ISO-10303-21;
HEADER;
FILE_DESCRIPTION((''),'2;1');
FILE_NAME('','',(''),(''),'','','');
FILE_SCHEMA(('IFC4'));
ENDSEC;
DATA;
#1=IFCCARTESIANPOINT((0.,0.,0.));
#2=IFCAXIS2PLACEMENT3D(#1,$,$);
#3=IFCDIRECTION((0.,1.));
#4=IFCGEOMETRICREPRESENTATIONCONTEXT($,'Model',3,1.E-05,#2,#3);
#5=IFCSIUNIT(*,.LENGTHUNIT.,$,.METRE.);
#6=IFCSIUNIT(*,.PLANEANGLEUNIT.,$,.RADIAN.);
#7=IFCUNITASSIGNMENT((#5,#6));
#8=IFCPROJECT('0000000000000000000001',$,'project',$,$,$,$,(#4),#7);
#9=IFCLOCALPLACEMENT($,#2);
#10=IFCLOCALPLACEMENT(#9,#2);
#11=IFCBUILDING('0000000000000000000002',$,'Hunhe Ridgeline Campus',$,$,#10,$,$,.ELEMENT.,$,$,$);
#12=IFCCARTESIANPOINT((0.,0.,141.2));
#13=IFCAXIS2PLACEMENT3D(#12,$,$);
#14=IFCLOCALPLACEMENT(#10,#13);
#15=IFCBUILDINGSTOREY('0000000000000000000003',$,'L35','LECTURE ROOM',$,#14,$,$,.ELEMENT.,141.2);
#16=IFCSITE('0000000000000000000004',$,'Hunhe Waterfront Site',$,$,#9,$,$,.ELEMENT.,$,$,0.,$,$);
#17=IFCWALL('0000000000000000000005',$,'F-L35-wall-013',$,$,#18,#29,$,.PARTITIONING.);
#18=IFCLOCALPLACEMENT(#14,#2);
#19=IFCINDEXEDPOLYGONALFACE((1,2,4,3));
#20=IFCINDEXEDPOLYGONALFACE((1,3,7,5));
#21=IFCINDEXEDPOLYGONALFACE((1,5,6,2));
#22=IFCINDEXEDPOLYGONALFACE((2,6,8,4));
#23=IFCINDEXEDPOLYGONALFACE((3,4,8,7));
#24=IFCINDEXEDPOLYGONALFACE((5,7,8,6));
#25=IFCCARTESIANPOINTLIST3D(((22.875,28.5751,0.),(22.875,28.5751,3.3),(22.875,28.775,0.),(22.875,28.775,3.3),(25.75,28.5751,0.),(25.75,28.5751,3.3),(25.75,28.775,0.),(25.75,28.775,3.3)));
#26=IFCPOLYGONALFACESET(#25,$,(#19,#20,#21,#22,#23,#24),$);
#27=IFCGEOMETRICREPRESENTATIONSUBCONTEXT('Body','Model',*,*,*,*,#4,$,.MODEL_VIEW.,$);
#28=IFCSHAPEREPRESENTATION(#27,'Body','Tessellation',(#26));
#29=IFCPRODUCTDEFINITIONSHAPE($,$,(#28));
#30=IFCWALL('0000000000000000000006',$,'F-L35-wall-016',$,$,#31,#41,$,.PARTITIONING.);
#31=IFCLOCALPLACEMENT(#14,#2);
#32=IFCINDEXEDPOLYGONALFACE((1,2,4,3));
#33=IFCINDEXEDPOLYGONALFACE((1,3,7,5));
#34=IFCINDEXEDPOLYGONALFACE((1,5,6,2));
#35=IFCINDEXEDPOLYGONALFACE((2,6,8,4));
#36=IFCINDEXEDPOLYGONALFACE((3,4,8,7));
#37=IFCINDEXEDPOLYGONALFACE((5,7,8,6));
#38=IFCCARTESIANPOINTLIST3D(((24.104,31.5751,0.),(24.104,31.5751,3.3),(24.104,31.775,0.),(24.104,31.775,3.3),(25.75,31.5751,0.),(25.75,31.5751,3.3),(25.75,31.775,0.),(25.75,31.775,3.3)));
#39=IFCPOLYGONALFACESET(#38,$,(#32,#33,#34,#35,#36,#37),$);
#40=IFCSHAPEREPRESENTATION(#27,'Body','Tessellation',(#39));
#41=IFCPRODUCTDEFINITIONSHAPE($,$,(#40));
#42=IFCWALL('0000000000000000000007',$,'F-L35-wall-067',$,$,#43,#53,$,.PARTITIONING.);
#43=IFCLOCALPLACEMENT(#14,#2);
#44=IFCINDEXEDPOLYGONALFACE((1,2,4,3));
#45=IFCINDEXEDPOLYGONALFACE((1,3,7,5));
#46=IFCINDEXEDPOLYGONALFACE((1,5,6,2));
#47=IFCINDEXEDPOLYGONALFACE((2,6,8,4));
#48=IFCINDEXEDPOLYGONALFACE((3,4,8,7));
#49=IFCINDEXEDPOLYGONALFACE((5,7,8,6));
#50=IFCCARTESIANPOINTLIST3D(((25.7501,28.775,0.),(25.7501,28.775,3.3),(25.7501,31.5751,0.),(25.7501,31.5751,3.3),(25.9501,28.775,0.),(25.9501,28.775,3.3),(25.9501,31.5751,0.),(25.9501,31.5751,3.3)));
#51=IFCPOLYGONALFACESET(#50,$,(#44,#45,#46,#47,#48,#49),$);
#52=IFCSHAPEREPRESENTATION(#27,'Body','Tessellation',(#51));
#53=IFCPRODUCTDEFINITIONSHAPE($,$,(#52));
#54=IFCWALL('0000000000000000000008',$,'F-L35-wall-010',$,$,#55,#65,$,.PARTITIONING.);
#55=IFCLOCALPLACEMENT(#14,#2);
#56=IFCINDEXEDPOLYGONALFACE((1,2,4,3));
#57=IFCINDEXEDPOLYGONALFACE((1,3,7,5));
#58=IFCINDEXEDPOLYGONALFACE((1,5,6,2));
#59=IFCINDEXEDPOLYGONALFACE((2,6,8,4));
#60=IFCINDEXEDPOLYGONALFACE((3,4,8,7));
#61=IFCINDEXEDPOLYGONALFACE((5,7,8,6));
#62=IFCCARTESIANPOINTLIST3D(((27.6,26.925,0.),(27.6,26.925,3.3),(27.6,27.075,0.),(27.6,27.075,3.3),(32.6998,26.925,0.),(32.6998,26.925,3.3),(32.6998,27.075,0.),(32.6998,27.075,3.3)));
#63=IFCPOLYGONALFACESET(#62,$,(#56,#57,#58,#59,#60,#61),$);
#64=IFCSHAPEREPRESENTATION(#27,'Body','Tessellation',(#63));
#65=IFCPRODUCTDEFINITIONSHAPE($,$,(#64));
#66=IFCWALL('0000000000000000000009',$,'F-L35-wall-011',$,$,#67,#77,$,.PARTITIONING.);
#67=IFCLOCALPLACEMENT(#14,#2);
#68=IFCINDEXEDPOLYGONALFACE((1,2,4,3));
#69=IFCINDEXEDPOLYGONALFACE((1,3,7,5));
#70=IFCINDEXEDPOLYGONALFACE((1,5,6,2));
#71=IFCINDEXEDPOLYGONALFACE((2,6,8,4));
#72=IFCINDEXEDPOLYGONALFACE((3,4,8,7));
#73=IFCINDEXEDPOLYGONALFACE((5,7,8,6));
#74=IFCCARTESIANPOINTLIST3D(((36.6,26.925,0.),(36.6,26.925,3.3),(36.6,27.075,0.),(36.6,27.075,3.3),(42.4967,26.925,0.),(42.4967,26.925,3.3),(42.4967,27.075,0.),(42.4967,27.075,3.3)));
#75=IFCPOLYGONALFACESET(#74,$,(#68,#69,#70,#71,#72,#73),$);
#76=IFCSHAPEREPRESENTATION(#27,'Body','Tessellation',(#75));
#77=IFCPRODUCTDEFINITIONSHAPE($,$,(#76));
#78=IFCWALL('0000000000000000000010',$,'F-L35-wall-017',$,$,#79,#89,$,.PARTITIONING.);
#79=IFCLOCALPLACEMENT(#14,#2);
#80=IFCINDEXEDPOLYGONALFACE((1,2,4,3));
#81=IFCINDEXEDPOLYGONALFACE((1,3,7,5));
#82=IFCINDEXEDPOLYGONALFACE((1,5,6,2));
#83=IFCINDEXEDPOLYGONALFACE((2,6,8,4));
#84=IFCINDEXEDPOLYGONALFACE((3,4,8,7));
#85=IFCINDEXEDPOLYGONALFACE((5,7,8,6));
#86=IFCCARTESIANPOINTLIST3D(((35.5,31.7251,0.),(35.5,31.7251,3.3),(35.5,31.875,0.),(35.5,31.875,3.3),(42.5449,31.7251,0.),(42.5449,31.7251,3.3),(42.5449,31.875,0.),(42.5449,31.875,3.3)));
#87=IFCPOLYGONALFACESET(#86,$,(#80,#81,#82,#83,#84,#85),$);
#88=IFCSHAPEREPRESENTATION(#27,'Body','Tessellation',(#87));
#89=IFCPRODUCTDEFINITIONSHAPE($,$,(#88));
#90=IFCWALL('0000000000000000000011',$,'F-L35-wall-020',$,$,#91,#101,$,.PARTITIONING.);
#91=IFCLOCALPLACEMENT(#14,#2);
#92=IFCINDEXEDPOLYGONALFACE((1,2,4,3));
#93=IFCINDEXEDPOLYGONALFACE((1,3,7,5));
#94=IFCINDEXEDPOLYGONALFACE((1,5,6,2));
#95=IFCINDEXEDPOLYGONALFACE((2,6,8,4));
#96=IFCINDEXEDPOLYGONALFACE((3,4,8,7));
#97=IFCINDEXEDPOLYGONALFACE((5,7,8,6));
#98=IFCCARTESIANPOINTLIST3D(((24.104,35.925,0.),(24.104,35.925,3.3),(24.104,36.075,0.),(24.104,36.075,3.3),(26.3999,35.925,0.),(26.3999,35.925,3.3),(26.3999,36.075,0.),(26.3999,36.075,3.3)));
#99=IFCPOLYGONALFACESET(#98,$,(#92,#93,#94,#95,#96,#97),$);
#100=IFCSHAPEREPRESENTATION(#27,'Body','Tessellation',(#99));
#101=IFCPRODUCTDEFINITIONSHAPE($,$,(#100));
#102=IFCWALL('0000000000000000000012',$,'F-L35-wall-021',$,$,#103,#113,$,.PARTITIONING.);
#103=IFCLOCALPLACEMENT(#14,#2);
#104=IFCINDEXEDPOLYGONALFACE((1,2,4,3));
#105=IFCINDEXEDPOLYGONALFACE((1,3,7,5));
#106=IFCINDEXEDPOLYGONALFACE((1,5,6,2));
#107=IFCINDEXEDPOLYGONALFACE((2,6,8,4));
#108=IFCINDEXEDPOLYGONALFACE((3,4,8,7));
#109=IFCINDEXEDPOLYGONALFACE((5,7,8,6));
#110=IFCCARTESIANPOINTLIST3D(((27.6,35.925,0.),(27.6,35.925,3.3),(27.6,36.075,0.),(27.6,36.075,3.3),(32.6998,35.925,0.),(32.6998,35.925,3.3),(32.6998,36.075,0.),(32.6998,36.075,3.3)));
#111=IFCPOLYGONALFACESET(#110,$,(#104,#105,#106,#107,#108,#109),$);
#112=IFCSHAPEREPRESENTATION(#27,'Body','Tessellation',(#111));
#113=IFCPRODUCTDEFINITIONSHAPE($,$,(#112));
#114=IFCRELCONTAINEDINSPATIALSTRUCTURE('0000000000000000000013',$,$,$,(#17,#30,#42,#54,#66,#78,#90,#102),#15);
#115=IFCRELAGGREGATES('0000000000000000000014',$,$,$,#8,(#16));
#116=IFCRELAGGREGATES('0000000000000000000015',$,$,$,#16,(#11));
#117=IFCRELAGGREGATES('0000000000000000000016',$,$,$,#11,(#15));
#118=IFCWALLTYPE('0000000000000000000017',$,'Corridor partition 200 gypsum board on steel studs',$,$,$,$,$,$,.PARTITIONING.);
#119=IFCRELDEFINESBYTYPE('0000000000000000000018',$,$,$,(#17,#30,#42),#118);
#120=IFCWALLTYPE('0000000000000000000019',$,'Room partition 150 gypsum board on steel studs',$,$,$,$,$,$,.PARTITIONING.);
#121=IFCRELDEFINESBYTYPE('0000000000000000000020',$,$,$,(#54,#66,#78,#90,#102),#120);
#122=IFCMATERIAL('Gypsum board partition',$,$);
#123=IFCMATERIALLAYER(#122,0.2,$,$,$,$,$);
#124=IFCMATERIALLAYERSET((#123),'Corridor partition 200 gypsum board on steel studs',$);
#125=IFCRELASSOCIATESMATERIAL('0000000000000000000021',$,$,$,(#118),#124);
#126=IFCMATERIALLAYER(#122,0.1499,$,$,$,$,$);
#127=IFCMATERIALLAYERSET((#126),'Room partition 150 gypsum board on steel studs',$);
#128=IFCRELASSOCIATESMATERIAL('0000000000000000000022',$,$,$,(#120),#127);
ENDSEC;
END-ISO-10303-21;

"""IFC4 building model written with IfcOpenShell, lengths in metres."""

from ifc_helpers import new_model, si_unit, direction, frame, frame_2d, origin, place, context, subcontext, project, spatial, rectangle, extrude, material, layer, layer_set, type_object, element, save


model = new_model("IFC4")

# Units and contexts
model_context = context("Model", 3, precision=1e-05, world=origin(), true_north=direction((0.0, 1.0)))
body_context = subcontext(model_context, "Body", "Model", "MODEL_VIEW")
ifc_project = project(units=[si_unit("LENGTHUNIT", "METRE"), si_unit("PLANEANGLEUNIT", "RADIAN")], contexts=[model_context])

# Site, building, storey
site_placement = place(None, origin())
site = spatial("IfcSite", under=ifc_project, at=site_placement, Name="Hunhe Waterfront Site", CompositionType="ELEMENT", RefElevation=0.0)
building_placement = place(site_placement, origin())
building = spatial("IfcBuilding", under=site, at=building_placement, Name="Hunhe Ridgeline Campus", CompositionType="ELEMENT")
storey_placement = place(building_placement, frame((0.0, 0.0, 141.2)))
storey = spatial("IfcBuildingStorey", under=building, at=storey_placement, Name="L35", Description="LECTURE ROOM", CompositionType="ELEMENT", Elevation=141.2)

# Walls
ifc_material_1 = material(Name="Gypsum board partition")
ifc_layer_1 = layer(ifc_material_1, 0.2)
ifc_layer_set_1 = layer_set([ifc_layer_1], Name="Corridor partition 200 gypsum board on steel studs")
wall_type_1 = type_object("IfcWallType", Name="Corridor partition 200 gypsum board on steel studs", PredefinedType="PARTITIONING", material=ifc_layer_set_1)
wall_1_placement = place(storey_placement, frame((25.75, 28.675, 0.0), z_axis=(0.0, 0.0, 1.0), x_axis=(-1.0, 0.0, 0.0)))
element("IfcWall", 1, at=wall_1_placement, inside=storey, type_object=wall_type_1, Name="F-L35-wall-013", PredefinedType="PARTITIONING", context=body_context, shape_type="SweptSolid", body=[
    extrude(rectangle(XDim=2.875, YDim=0.2, at=frame_2d((1.4375, 0.0))), origin(), (0.0, 0.0, 1.0), 3.3),
])
wall_2_placement = place(storey_placement, frame((24.104, 31.675, 0.0), z_axis=(0.0, 0.0, 1.0), x_axis=(1.0, 0.0, 0.0)))
element("IfcWall", 2, at=wall_2_placement, inside=storey, type_object=wall_type_1, Name="F-L35-wall-016", PredefinedType="PARTITIONING", context=body_context, shape_type="SweptSolid", body=[
    extrude(rectangle(XDim=1.646, YDim=0.2, at=frame_2d((0.823, 0.0))), origin(), (0.0, 0.0, 1.0), 3.3),
])
wall_3_placement = place(storey_placement, frame((25.8501, 31.575, 0.0), z_axis=(0.0, 0.0, 1.0), x_axis=(0.0, -1.0, 0.0)))
element("IfcWall", 3, at=wall_3_placement, inside=storey, type_object=wall_type_1, Name="F-L35-wall-067", PredefinedType="PARTITIONING", context=body_context, shape_type="SweptSolid", body=[
    extrude(rectangle(XDim=2.8, YDim=0.2, at=frame_2d((1.3999, 0.0))), origin(), (0.0, 0.0, 1.0), 3.3),
])

# Walls
ifc_layer_2 = layer(ifc_material_1, 0.1499)
ifc_layer_set_2 = layer_set([ifc_layer_2], Name="Room partition 150 gypsum board on steel studs")
wall_type_2 = type_object("IfcWallType", Name="Room partition 150 gypsum board on steel studs", PredefinedType="PARTITIONING", material=ifc_layer_set_2)
wall_4_placement = place(storey_placement, frame((27.6001, 27.0, 0.0), z_axis=(0.0, 0.0, 1.0), x_axis=(1.0, 0.0, 0.0)))
element("IfcWall", 4, at=wall_4_placement, inside=storey, type_object=wall_type_2, Name="F-L35-wall-010", PredefinedType="PARTITIONING", context=body_context, shape_type="SweptSolid", body=[
    extrude(rectangle(XDim=5.0999, YDim=0.1499, at=frame_2d((2.5498, 0.0))), origin(), (0.0, 0.0, 1.0), 3.3),
])
wall_5_placement = place(storey_placement, frame((36.6001, 27.0, 0.0), z_axis=(0.0, 0.0, 1.0), x_axis=(1.0, 0.0, 0.0)))
element("IfcWall", 5, at=wall_5_placement, inside=storey, type_object=wall_type_2, Name="F-L35-wall-011", PredefinedType="PARTITIONING", context=body_context, shape_type="SweptSolid", body=[
    extrude(rectangle(XDim=5.8967, YDim=0.1499, at=frame_2d((2.9482, 0.0))), origin(), (0.0, 0.0, 1.0), 3.3),
])
wall_6_placement = place(storey_placement, frame((35.5, 31.8, 0.0), z_axis=(0.0, 0.0, 1.0), x_axis=(1.0, 0.0, 0.0)))
element("IfcWall", 6, at=wall_6_placement, inside=storey, type_object=wall_type_2, Name="F-L35-wall-017", PredefinedType="PARTITIONING", context=body_context, shape_type="SweptSolid", body=[
    extrude(rectangle(XDim=7.0449, YDim=0.1499, at=frame_2d((3.5225, 0.0))), origin(), (0.0, 0.0, 1.0), 3.3),
])
wall_7_placement = place(storey_placement, frame((24.104, 36.0, 0.0), z_axis=(0.0, 0.0, 1.0), x_axis=(1.0, 0.0, 0.0)))
element("IfcWall", 7, at=wall_7_placement, inside=storey, type_object=wall_type_2, Name="F-L35-wall-020", PredefinedType="PARTITIONING", context=body_context, shape_type="SweptSolid", body=[
    extrude(rectangle(XDim=2.2959, YDim=0.1499, at=frame_2d((1.1479, 0.0))), origin(), (0.0, 0.0, 1.0), 3.3),
])
wall_8_placement = place(storey_placement, frame((27.6001, 36.0, 0.0), z_axis=(0.0, 0.0, 1.0), x_axis=(1.0, 0.0, 0.0)))
element("IfcWall", 8, at=wall_8_placement, inside=storey, type_object=wall_type_2, Name="F-L35-wall-021", PredefinedType="PARTITIONING", context=body_context, shape_type="SweptSolid", body=[
    extrude(rectangle(XDim=5.0999, YDim=0.1499, at=frame_2d((2.5498, 0.0))), origin(), (0.0, 0.0, 1.0), 3.3),
])

save(model, "model.ifc")
